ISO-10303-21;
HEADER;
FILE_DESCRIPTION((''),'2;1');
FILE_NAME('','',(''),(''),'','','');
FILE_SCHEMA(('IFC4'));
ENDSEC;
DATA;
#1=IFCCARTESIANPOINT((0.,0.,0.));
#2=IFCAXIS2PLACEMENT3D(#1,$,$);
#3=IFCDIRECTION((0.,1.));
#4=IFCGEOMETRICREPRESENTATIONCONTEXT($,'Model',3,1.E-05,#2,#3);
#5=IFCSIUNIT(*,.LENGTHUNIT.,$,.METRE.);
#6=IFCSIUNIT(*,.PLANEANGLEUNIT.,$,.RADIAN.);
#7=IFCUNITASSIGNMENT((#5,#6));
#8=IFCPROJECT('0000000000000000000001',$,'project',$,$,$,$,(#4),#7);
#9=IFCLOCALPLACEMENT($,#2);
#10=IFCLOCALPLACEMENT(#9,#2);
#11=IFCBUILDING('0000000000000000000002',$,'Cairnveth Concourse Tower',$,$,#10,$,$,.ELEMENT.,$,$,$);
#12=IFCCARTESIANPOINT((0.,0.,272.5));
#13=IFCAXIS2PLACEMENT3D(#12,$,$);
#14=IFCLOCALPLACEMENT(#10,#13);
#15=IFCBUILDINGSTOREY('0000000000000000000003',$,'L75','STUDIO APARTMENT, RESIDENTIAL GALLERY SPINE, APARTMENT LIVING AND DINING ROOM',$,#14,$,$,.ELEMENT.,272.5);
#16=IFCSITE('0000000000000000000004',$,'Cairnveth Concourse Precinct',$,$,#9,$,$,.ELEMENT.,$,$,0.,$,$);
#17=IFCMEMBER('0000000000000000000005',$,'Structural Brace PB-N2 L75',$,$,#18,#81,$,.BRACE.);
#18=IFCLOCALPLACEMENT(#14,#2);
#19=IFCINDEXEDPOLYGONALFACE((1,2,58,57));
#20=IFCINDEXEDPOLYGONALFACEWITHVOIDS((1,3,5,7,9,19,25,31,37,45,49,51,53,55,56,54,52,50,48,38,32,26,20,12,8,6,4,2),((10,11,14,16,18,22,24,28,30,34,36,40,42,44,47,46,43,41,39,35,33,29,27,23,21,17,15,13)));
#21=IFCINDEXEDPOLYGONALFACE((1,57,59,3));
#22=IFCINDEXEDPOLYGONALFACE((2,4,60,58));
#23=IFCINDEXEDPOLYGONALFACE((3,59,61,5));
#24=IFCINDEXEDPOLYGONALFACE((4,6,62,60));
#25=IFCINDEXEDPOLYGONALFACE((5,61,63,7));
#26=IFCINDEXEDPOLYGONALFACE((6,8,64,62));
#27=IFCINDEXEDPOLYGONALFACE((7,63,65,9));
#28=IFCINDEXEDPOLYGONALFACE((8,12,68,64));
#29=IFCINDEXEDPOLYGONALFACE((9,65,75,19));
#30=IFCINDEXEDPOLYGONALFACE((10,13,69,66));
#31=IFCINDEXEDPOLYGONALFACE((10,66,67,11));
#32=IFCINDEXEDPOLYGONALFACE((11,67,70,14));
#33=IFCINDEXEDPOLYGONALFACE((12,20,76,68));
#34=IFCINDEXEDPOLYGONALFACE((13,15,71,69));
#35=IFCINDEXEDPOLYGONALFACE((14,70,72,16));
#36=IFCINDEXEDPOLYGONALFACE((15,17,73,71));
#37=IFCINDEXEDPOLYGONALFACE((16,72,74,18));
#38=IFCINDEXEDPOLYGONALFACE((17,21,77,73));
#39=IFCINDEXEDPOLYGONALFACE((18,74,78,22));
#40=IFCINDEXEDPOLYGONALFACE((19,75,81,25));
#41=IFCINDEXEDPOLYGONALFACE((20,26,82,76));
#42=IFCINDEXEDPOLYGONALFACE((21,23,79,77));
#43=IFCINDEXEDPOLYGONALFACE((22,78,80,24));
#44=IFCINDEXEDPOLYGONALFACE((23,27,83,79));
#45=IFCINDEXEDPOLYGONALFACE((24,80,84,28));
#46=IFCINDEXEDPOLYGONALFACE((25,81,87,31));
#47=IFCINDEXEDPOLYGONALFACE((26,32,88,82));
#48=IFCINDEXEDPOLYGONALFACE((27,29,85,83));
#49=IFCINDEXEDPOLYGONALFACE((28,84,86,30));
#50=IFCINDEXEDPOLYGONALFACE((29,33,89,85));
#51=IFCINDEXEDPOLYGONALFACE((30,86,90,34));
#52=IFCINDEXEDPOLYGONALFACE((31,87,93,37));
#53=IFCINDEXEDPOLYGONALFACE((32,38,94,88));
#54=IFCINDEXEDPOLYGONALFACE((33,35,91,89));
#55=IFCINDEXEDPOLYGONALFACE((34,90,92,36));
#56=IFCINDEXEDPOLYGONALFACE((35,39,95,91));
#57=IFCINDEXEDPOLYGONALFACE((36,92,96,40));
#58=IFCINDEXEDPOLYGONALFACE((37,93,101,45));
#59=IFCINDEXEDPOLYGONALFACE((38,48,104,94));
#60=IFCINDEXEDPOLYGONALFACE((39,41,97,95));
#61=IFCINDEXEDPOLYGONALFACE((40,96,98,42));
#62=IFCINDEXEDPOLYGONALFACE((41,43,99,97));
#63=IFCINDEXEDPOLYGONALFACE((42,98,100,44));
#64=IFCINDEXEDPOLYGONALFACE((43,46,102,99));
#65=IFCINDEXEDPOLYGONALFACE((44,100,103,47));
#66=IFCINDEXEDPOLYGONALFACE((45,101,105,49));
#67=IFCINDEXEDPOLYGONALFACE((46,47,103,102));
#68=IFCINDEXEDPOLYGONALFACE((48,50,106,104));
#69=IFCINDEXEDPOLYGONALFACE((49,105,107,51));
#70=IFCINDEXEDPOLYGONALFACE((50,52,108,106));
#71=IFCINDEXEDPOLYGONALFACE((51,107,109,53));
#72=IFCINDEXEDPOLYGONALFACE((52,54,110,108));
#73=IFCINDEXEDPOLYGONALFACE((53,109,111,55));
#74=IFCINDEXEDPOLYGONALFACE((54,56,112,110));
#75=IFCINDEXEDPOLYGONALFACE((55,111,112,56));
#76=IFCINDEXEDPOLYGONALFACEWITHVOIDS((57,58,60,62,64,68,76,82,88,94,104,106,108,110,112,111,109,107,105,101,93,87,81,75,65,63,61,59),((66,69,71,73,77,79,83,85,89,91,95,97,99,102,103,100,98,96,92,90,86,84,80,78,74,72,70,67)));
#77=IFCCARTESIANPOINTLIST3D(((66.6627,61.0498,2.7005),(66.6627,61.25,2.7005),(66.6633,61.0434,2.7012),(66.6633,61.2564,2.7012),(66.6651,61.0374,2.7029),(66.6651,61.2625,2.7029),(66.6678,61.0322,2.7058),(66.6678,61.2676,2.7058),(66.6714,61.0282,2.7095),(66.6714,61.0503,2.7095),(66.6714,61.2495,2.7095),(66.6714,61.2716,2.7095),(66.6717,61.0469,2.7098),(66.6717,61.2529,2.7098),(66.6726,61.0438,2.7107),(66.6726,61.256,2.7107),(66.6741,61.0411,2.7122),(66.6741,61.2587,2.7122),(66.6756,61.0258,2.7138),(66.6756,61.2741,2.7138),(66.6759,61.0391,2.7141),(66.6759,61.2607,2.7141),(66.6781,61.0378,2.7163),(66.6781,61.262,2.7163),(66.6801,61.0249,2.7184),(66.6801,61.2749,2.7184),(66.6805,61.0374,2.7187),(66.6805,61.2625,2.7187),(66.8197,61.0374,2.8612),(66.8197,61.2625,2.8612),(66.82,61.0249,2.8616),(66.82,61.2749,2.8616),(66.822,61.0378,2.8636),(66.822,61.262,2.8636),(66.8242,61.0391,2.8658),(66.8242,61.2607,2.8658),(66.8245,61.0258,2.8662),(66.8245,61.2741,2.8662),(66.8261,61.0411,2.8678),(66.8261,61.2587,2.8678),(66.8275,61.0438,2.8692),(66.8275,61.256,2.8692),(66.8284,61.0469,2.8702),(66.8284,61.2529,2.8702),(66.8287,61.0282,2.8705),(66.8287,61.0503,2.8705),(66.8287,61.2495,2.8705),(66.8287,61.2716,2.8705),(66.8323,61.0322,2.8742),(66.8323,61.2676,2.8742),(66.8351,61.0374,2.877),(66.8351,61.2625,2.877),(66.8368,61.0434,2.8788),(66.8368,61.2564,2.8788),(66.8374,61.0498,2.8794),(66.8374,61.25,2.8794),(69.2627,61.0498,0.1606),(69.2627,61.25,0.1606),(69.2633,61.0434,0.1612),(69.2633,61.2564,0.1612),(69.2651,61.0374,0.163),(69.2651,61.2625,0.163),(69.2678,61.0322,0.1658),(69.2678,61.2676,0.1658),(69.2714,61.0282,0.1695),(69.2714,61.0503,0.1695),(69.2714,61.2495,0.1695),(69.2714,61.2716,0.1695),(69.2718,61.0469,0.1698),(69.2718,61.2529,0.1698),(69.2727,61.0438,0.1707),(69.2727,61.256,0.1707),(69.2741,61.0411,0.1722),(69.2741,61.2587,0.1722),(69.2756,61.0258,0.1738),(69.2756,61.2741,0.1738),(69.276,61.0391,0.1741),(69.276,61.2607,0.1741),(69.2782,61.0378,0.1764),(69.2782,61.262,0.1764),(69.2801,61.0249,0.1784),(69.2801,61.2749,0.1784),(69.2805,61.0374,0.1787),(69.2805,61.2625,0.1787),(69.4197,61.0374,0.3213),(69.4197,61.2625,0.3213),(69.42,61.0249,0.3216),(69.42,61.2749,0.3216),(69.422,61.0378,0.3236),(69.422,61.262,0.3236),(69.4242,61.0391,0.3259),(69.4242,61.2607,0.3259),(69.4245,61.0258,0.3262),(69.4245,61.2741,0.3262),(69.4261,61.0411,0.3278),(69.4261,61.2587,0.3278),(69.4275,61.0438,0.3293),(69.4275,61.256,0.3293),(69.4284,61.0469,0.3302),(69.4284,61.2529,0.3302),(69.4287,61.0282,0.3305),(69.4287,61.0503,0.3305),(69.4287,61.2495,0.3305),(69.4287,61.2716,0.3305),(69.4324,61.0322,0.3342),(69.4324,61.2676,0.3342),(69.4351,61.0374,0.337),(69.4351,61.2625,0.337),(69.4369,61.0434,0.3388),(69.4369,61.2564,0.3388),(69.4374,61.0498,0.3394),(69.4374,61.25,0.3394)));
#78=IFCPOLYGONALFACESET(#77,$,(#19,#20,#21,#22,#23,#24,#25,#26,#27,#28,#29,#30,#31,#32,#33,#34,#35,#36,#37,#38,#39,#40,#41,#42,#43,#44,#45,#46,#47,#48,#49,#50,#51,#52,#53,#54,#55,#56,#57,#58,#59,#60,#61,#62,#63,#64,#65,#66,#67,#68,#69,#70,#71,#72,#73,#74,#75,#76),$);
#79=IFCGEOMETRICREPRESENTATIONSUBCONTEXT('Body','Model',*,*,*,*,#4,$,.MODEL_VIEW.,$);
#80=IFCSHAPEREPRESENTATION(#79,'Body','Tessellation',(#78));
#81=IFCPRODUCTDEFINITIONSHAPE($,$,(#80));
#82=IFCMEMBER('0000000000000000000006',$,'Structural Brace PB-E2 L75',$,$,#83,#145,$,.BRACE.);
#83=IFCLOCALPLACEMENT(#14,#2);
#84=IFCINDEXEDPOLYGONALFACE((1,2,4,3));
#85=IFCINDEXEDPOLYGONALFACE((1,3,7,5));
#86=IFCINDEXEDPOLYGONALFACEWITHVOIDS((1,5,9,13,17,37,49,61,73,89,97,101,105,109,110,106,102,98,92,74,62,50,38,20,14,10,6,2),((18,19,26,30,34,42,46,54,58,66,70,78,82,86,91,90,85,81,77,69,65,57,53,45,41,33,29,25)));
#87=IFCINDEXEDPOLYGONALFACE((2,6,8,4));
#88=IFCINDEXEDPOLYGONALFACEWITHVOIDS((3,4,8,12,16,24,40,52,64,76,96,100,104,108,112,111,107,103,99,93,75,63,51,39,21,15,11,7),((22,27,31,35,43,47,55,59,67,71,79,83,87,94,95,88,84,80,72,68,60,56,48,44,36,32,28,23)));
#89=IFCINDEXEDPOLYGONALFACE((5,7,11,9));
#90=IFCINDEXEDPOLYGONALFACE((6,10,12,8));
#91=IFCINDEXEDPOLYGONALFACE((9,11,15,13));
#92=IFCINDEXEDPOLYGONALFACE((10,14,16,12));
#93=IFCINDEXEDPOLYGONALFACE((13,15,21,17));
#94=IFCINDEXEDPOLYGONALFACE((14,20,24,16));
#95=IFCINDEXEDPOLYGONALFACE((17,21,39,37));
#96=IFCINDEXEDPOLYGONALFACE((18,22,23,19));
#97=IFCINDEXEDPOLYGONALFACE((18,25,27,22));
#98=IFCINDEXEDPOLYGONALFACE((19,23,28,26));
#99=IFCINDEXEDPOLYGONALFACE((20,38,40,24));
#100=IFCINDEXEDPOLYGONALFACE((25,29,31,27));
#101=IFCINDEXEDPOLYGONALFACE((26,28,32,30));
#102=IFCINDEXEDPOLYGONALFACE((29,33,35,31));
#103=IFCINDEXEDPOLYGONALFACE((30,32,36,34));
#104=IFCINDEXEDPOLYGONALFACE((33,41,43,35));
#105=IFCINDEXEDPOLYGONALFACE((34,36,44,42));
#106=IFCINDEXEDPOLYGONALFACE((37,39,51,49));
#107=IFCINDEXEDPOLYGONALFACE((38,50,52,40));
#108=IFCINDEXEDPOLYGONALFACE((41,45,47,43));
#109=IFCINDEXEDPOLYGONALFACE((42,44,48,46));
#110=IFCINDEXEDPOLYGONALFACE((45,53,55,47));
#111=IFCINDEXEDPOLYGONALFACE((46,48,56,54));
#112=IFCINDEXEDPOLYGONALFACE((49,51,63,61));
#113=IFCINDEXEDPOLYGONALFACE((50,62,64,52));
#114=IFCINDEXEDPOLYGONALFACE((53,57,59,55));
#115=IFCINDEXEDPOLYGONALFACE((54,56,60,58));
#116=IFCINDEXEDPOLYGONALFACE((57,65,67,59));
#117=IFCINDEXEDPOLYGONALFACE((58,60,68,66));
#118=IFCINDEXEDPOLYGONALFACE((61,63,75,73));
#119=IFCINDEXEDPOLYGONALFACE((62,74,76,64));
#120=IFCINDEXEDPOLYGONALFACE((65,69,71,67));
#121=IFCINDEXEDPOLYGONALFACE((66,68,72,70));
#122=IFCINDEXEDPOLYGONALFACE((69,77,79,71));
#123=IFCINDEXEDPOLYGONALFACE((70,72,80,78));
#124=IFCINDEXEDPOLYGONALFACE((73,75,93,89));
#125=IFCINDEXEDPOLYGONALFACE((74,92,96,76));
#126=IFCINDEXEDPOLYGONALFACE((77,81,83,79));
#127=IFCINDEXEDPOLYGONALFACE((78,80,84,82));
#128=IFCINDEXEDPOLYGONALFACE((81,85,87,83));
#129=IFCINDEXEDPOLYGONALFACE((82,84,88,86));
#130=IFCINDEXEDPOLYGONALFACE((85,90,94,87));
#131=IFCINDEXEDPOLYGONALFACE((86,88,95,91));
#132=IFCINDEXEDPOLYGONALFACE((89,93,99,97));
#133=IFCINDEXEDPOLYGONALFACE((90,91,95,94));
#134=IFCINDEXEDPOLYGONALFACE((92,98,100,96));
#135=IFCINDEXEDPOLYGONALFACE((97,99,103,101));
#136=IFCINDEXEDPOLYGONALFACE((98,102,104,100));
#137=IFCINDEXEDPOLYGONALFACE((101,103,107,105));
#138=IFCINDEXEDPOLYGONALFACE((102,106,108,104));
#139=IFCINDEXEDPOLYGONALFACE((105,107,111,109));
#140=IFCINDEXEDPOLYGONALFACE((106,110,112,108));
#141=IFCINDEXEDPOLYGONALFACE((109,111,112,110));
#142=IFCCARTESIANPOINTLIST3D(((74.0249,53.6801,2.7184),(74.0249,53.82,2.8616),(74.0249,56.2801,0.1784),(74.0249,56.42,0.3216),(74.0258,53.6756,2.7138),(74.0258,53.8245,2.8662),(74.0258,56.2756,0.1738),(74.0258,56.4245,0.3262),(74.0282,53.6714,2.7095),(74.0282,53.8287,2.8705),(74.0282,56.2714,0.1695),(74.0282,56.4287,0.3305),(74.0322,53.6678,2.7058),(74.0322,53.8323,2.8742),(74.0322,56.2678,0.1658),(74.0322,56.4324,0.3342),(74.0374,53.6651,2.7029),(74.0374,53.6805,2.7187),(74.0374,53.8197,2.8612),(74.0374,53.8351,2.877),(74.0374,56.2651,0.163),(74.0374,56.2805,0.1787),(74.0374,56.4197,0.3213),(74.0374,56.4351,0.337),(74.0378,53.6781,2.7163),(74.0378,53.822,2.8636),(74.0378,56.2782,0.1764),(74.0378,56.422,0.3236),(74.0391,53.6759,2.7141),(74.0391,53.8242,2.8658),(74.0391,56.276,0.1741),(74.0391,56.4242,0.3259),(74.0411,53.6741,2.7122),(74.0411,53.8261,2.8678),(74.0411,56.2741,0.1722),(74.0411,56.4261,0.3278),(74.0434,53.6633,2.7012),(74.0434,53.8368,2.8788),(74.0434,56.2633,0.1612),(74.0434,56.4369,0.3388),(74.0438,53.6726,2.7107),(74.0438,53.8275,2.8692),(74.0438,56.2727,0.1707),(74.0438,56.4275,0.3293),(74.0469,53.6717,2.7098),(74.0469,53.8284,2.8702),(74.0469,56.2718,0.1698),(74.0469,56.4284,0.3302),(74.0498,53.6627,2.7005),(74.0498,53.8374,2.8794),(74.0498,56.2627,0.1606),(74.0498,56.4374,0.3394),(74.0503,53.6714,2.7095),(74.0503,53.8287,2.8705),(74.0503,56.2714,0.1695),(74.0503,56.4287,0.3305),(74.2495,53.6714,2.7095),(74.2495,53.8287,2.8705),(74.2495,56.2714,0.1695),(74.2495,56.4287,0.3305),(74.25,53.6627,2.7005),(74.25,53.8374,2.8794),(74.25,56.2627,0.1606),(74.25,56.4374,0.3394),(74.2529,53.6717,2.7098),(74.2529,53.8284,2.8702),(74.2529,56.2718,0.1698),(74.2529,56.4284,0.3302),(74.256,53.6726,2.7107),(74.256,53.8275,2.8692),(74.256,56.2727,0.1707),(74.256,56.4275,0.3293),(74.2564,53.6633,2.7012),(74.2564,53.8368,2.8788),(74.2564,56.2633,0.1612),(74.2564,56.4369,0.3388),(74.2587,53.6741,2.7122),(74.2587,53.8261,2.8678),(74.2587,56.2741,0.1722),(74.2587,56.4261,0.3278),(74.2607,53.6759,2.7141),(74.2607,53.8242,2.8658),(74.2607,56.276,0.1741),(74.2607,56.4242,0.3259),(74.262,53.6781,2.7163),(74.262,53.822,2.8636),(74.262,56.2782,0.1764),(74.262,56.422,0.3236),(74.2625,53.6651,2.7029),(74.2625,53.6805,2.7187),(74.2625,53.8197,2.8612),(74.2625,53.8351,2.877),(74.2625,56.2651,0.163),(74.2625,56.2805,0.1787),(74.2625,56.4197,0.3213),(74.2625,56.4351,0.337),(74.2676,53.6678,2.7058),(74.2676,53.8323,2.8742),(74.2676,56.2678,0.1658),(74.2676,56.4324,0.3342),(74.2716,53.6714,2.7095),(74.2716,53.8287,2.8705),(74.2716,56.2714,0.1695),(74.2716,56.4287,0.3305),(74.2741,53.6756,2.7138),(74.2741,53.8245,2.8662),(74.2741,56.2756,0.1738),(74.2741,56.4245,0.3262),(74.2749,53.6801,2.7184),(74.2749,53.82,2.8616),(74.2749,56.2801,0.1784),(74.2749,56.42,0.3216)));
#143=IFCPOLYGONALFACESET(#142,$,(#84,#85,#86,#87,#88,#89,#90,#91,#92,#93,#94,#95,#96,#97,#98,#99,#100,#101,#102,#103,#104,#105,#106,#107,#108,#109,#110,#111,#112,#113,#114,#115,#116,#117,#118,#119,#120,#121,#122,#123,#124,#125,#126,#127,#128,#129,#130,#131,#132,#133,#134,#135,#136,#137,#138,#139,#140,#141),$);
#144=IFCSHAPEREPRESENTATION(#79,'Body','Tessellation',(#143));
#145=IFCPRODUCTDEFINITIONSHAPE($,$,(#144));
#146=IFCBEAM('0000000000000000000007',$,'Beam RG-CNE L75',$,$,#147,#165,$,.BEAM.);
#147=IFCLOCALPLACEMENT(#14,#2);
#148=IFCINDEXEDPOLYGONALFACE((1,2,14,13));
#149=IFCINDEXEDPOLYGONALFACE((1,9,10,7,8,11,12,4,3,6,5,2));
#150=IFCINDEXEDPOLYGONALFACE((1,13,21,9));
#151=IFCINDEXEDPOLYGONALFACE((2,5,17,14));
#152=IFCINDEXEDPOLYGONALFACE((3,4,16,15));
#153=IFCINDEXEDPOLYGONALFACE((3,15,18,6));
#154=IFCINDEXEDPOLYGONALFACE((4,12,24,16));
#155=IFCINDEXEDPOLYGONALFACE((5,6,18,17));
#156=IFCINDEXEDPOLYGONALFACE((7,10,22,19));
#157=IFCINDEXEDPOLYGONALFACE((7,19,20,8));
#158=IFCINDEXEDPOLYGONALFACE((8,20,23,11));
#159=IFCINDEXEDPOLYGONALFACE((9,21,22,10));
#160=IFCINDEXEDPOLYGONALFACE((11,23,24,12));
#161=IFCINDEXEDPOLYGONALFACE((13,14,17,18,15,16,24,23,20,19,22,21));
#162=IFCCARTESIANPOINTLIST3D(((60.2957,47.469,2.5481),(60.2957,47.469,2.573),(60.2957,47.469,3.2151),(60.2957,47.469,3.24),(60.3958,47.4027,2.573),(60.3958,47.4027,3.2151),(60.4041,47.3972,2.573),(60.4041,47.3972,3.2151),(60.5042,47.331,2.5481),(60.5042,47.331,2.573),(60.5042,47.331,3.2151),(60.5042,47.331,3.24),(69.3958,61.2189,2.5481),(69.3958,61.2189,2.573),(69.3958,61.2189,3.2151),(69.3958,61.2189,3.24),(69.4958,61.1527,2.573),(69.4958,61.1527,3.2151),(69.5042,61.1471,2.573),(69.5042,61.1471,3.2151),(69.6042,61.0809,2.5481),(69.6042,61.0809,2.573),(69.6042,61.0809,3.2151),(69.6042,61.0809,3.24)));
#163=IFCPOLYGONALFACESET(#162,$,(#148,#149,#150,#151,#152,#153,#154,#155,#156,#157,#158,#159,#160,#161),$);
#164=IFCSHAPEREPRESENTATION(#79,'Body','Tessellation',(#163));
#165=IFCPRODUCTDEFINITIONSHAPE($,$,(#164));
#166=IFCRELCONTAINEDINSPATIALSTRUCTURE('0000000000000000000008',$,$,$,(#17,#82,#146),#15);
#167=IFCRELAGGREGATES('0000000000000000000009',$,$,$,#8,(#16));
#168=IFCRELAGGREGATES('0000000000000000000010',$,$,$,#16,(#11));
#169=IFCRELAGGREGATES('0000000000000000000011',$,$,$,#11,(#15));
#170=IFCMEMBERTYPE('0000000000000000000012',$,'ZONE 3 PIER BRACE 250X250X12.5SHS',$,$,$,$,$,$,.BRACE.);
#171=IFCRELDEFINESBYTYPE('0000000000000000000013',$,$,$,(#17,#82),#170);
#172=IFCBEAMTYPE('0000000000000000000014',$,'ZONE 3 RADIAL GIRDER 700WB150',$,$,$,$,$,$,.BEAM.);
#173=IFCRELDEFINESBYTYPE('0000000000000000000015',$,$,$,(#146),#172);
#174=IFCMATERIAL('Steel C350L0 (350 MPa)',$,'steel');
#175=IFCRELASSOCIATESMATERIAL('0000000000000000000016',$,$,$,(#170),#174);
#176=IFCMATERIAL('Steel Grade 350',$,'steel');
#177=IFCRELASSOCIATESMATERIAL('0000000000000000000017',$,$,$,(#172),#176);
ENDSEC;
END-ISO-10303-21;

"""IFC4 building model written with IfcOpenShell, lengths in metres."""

from ifc_helpers import new_model, si_unit, direction, frame, origin, origin_2d, place, context, subcontext, project, spatial, hollow_rectangle, i_section, extrude, material, material_profile, profile_set, type_object, element, save


model = new_model("IFC4")

# Units and contexts
model_context = context("Model", 3, precision=1e-05, world=origin(), true_north=direction((0.0, 1.0)))
body_context = subcontext(model_context, "Body", "Model", "MODEL_VIEW")
ifc_project = project(units=[si_unit("LENGTHUNIT", "METRE"), si_unit("PLANEANGLEUNIT", "RADIAN")], contexts=[model_context])

# Site, building, storey
site_placement = place(None, origin())
site = spatial("IfcSite", under=ifc_project, at=site_placement, Name="Cairnveth Concourse Precinct", CompositionType="ELEMENT", RefElevation=0.0)
building_placement = place(site_placement, origin())
building = spatial("IfcBuilding", under=site, at=building_placement, Name="Cairnveth Concourse Tower", CompositionType="ELEMENT")
storey_placement = place(building_placement, frame((0.0, 0.0, 272.5)))
storey = spatial("IfcBuildingStorey", under=building, at=storey_placement, Name="L75", Description="STUDIO APARTMENT, RESIDENTIAL GALLERY SPINE, APARTMENT LIVING AND DINING ROOM", CompositionType="ELEMENT", Elevation=272.5)

# Shared definitions
ifc_material_1 = material(Name="Steel Grade 350", Category="steel")

# Members
ifc_material_2 = material(Name="Steel C350L0 (350 MPa)", Category="steel")
ifc_material_profile_1 = material_profile(ifc_material_2, hollow_rectangle(XDim=0.25, YDim=0.25, WallThickness=0.0125, InnerFilletRadius=0.0129, OuterFilletRadius=0.0249, at=origin_2d()), Name="250x250x12.5SHS")
ifc_profile_set_1 = profile_set([ifc_material_profile_1], Name="Steel C350L0 (350 MPa)")
member_type = type_object("IfcMemberType", Name="ZONE 3 PIER BRACE 250X250X12.5SHS", PredefinedType="BRACE", material=ifc_profile_set_1)
for number, where, z_axis, x_axis, name in (
    (1, (69.3501, 61.1499, 0.25), (-0.71532, 0.0, 0.698797), (0.0, -1.0, 0.0), "Structural Brace PB-N2 L75"),
    (2, (74.1499, 56.3501, 0.25), (0.0, -0.71532, 0.698797), (1.0, 0.0, 0.0), "Structural Brace PB-E2 L75"),
):
    element("IfcMember", number, at=place(storey_placement, frame(where, z_axis=z_axis, x_axis=x_axis)), inside=storey, type_object=member_type, Name=name, PredefinedType="BRACE", context=body_context, shape_type="SweptSolid", body=[
        extrude(hollow_rectangle(XDim=0.25, YDim=0.25, WallThickness=0.0125, InnerFilletRadius=0.0129, OuterFilletRadius=0.0249, at=origin_2d()), origin(), (0.0, 0.0, 1.0), 3.6348),
    ])

# Beam
ifc_material_profile_2 = material_profile(ifc_material_1, i_section(OverallWidth=0.25, OverallDepth=0.6919, WebThickness=0.01, FlangeThickness=0.0249, at=origin_2d()), Name="700WB150")
ifc_profile_set_2 = profile_set([ifc_material_profile_2], Name="Steel Grade 350")
beam_type_1 = type_object("IfcBeamType", Name="ZONE 3 RADIAL GIRDER 700WB150", PredefinedType="BEAM", material=ifc_profile_set_2)
beam_1_placement = place(storey_placement, frame((69.5, 61.1499, 2.894), z_axis=(-0.551902, -0.833909, 0.0), x_axis=(0.833909, -0.551902, 0.0)))
element("IfcBeam", 3, at=beam_1_placement, inside=storey, type_object=beam_type_1, Name="Beam RG-CNE L75", PredefinedType="BEAM", context=body_context, shape_type="SweptSolid", body=[
    extrude(i_section(OverallWidth=0.25, OverallDepth=0.6919, WebThickness=0.01, FlangeThickness=0.0249, at=origin_2d()), origin(), (0.0, 0.0, 1.0), 16.4885),
])

save(model, "model.ifc")
